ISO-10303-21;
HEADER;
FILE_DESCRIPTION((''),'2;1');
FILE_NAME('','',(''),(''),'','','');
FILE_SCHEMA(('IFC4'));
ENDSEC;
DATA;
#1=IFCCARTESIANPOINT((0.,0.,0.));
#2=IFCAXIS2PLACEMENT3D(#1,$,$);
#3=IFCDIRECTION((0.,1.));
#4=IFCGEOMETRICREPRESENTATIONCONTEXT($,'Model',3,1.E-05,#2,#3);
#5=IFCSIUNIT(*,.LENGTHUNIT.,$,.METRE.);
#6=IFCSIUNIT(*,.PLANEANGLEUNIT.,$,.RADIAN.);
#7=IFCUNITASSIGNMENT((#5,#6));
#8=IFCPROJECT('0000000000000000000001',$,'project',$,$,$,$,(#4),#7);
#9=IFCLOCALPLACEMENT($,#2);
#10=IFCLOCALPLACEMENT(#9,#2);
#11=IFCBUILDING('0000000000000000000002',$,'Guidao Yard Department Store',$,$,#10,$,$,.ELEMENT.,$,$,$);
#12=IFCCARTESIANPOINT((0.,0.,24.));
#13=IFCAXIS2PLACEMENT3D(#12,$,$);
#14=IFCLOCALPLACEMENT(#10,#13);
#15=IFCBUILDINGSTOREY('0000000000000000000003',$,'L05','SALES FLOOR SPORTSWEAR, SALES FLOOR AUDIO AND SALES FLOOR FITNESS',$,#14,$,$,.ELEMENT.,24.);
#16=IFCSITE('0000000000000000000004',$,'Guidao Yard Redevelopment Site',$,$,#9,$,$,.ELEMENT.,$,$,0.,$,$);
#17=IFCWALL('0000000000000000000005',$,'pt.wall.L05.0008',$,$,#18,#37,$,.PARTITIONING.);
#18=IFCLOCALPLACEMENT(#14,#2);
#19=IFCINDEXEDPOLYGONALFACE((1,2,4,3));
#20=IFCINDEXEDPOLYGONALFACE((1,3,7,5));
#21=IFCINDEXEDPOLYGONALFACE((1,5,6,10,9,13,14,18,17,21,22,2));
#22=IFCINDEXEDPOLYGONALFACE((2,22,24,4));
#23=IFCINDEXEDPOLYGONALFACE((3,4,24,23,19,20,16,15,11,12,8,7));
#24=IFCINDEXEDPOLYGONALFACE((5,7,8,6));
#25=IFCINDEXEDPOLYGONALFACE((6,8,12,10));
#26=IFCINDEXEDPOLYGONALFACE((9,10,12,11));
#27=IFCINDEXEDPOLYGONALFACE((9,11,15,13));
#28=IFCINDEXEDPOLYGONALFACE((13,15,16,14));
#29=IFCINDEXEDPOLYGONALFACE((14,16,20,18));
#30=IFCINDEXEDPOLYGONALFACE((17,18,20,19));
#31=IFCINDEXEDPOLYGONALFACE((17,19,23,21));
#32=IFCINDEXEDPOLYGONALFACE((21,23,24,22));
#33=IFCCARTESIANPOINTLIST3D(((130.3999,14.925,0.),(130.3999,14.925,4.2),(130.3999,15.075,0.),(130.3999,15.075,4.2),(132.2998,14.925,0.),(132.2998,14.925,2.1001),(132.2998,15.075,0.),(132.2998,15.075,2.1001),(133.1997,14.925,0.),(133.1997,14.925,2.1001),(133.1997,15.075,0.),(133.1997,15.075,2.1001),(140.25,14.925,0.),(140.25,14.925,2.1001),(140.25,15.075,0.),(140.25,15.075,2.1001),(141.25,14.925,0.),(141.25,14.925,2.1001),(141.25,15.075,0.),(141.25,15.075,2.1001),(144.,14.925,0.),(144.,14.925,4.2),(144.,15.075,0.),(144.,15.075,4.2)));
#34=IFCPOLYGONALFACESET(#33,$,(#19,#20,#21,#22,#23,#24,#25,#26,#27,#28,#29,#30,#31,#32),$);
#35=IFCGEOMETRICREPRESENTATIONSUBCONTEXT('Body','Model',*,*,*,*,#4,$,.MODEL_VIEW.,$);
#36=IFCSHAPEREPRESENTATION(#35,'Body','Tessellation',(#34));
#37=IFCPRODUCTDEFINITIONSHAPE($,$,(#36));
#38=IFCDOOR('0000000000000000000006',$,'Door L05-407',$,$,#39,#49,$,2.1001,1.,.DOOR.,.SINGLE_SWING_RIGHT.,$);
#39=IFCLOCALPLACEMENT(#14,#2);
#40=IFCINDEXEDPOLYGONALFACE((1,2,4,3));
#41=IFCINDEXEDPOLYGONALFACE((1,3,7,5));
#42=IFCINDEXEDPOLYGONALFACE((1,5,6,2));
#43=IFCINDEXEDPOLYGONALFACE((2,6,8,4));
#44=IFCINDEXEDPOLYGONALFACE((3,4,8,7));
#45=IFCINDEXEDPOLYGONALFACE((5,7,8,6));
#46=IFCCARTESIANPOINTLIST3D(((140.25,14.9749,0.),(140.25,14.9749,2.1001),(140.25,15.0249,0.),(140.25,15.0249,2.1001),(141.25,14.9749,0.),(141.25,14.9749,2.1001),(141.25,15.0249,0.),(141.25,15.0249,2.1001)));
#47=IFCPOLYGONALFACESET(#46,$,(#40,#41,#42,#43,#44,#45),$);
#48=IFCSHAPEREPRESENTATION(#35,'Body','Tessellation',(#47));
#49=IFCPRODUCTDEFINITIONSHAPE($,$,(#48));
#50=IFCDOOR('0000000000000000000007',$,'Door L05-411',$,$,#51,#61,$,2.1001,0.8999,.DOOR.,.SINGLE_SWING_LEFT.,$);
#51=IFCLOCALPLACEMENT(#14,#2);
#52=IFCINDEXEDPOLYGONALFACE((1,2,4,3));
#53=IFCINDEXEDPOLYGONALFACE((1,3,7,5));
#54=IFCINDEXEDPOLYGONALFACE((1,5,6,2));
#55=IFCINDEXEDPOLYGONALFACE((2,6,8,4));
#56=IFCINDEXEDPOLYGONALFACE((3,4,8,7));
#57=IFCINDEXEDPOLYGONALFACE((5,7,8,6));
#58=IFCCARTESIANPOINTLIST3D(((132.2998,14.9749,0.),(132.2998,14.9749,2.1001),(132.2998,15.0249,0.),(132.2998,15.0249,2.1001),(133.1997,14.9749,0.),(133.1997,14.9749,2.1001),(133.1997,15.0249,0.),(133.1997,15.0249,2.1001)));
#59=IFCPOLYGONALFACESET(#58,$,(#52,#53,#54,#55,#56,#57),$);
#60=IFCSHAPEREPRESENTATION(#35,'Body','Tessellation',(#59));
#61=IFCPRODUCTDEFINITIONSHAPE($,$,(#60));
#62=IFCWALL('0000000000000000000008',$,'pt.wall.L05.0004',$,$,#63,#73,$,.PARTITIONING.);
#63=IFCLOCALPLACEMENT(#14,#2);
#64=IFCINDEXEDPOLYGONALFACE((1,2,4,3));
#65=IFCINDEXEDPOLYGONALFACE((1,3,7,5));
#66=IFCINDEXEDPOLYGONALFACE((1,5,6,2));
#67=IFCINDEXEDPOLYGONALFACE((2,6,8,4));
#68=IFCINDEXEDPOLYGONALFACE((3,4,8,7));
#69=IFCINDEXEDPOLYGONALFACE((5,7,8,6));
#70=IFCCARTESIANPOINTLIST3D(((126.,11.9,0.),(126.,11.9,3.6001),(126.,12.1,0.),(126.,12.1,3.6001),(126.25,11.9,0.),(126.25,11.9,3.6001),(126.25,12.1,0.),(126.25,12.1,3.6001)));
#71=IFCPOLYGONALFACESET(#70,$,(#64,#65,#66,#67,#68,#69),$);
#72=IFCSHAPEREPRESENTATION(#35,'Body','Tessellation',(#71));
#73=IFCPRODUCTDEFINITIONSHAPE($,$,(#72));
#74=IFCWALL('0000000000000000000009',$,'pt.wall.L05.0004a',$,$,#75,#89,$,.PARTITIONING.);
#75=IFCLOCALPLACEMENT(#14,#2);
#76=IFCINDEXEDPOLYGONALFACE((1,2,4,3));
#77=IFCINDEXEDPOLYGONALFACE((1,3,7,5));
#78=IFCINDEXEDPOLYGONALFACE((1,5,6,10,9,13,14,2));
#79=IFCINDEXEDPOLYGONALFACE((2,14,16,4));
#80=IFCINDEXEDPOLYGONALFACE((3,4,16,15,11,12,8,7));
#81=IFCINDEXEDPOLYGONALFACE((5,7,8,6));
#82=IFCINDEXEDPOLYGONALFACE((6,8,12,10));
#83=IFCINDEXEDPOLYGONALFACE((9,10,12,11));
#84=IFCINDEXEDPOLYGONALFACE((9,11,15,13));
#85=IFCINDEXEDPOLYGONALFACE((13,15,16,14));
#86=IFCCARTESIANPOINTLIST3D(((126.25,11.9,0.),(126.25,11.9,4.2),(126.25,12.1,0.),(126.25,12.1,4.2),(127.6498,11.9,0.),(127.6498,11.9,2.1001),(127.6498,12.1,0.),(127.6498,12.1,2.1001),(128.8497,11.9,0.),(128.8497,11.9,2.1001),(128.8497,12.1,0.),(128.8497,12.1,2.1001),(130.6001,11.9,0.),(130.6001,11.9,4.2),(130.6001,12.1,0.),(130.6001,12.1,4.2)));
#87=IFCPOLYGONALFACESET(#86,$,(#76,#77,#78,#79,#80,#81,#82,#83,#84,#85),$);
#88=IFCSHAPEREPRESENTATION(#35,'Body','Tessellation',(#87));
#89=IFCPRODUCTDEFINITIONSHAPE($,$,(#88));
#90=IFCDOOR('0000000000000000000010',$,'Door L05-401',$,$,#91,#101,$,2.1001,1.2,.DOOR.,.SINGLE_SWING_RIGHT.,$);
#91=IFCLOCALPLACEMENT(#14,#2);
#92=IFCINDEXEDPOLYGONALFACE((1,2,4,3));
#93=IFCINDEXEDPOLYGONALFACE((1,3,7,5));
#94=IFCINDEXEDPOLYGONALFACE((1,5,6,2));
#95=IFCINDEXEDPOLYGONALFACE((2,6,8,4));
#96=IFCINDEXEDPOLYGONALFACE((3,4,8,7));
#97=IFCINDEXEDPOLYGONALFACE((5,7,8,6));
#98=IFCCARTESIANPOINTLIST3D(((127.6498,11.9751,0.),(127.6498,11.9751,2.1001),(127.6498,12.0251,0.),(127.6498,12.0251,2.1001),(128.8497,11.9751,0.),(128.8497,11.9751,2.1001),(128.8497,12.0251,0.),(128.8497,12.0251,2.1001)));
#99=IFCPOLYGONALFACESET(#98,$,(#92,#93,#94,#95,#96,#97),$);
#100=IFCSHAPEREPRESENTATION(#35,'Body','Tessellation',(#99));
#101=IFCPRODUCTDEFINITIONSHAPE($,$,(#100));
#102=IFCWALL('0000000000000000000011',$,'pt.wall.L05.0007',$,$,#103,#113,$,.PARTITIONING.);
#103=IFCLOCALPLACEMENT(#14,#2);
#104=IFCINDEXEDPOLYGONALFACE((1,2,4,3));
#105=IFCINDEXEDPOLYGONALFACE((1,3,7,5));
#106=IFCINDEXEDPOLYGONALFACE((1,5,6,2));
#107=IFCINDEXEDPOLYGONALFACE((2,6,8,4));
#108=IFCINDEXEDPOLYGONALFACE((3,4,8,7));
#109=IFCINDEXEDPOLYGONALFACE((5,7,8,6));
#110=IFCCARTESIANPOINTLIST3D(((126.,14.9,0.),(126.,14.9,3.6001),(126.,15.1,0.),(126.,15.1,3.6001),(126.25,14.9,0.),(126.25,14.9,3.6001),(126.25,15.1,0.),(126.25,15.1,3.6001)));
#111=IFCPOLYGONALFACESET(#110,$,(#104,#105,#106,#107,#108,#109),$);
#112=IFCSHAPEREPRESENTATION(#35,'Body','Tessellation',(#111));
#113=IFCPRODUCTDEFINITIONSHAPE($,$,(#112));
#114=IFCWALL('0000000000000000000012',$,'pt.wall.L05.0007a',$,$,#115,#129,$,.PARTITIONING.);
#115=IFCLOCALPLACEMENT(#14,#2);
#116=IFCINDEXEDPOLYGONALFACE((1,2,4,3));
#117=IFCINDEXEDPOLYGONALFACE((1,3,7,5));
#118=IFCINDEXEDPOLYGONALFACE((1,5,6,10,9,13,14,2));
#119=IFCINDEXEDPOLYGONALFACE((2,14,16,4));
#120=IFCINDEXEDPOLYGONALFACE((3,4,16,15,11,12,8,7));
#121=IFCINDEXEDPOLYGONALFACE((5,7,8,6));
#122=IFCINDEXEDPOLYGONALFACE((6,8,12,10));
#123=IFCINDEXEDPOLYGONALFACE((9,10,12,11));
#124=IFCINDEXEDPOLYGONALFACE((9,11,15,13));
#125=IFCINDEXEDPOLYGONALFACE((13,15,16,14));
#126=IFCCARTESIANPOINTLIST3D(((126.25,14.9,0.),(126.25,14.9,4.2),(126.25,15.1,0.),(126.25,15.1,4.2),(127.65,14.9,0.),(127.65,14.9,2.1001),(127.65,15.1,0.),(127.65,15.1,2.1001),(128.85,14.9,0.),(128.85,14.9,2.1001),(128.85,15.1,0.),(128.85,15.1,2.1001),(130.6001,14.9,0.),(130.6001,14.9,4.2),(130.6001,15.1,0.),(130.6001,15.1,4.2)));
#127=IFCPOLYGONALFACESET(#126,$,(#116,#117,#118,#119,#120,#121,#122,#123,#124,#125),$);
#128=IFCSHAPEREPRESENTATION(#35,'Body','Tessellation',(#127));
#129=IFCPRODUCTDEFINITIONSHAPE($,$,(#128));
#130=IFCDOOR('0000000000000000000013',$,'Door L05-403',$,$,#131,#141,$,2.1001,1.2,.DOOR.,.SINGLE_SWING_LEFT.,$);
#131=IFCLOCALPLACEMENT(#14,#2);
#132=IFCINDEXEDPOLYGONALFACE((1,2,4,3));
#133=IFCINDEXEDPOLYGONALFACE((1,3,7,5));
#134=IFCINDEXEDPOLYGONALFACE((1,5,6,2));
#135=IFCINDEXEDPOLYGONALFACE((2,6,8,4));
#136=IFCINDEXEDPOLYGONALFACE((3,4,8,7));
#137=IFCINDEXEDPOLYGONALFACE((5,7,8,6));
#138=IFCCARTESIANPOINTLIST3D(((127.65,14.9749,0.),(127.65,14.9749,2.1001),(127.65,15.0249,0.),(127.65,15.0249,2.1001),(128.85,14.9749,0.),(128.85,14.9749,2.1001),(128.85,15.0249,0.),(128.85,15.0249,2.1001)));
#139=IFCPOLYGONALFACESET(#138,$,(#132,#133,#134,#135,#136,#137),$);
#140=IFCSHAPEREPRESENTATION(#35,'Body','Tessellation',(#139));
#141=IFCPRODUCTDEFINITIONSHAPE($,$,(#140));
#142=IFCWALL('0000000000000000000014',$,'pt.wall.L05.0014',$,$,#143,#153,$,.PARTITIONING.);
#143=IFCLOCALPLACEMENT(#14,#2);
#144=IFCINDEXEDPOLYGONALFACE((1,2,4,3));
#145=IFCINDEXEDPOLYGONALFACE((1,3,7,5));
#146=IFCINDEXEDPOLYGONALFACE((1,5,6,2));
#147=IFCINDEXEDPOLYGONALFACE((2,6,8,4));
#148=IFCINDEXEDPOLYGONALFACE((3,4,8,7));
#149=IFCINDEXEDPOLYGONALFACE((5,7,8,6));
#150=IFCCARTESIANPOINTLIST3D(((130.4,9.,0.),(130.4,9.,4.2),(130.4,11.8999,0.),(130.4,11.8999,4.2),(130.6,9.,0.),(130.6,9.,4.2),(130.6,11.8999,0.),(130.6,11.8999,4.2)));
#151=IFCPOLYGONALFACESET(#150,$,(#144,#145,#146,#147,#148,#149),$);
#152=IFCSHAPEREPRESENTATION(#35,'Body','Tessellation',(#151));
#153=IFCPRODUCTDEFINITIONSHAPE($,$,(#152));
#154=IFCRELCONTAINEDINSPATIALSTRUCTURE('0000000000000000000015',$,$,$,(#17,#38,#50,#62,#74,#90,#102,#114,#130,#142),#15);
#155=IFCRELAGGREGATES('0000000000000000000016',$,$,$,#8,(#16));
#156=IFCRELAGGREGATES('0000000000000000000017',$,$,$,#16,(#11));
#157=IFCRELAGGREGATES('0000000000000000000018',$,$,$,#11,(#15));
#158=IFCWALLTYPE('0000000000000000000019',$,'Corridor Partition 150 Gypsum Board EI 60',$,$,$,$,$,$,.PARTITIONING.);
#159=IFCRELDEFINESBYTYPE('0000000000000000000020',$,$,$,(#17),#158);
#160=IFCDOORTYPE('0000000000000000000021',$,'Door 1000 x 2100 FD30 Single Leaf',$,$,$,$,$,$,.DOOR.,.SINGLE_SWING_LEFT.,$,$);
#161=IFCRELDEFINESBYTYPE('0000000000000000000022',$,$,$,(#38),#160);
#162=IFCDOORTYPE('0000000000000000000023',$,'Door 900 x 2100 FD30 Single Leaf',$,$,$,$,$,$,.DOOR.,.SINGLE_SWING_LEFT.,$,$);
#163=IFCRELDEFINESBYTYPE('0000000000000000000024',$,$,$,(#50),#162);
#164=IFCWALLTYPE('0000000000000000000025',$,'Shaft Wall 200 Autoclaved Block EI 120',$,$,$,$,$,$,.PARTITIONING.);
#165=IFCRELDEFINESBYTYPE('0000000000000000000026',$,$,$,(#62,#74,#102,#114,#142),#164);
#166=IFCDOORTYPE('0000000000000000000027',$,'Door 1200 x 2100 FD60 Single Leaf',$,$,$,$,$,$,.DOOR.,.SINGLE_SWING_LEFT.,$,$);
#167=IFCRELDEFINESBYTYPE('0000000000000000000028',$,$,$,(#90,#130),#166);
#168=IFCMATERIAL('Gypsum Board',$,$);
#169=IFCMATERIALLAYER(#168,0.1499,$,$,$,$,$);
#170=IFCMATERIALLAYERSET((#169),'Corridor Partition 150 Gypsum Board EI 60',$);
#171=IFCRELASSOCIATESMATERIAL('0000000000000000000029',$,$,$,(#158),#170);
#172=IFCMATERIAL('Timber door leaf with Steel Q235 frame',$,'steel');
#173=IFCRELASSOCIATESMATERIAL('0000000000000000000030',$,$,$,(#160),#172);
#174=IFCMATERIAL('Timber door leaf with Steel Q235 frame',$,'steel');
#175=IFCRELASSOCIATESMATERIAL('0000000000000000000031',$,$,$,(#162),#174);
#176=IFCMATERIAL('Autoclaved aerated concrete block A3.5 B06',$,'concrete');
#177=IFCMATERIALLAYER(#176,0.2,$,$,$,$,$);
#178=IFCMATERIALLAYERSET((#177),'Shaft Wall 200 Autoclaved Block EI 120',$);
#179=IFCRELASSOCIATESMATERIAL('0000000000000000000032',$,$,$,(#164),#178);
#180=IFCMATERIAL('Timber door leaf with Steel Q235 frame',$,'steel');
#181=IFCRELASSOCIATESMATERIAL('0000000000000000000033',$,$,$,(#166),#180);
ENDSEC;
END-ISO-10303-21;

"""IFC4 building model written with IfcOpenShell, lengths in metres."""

from ifc_helpers import new_model, si_unit, direction, frame, frame_2d, origin, place, context, subcontext, project, spatial, rectangle, extrude, material, layer, layer_set, type_object, element, fill, save


model = new_model("IFC4")

# Units and contexts
model_context = context("Model", 3, precision=1e-05, world=origin(), true_north=direction((0.0, 1.0)))
body_context = subcontext(model_context, "Body", "Model", "MODEL_VIEW")
ifc_project = project(units=[si_unit("LENGTHUNIT", "METRE"), si_unit("PLANEANGLEUNIT", "RADIAN")], contexts=[model_context])

# Site, building, storey
site_placement = place(None, origin())
site = spatial("IfcSite", under=ifc_project, at=site_placement, Name="Guidao Yard Redevelopment Site", CompositionType="ELEMENT", RefElevation=0.0)
building_placement = place(site_placement, origin())
building = spatial("IfcBuilding", under=site, at=building_placement, Name="Guidao Yard Department Store", CompositionType="ELEMENT")
storey_placement = place(building_placement, frame((0.0, 0.0, 24.0)))
storey = spatial("IfcBuildingStorey", under=building, at=storey_placement, Name="L05", Description="SALES FLOOR SPORTSWEAR, SALES FLOOR AUDIO AND SALES FLOOR FITNESS", CompositionType="ELEMENT", Elevation=24.0)

# Shared definitions
ifc_material_1 = material(Name="Gypsum Board")
ifc_layer_1 = layer(ifc_material_1, 0.1499)
ifc_layer_set_1 = layer_set([ifc_layer_1], Name="Corridor Partition 150 Gypsum Board EI 60")
wall_type_1 = type_object("IfcWallType", Name="Corridor Partition 150 Gypsum Board EI 60", PredefinedType="PARTITIONING", material=ifc_layer_set_1)

# Wall, openings, doors
wall_1_placement = place(storey_placement, frame((130.3999, 15.0, 0.0), z_axis=(0.0, 0.0, 1.0), x_axis=(1.0, 0.0, 0.0)))
wall_1 = element("IfcWall", 1, at=wall_1_placement, inside=storey, type_object=wall_type_1, Name="pt.wall.L05.0008", PredefinedType="PARTITIONING", context=body_context, shape_type="SweptSolid", body=[
    extrude(rectangle(XDim=13.6001, YDim=0.1499, at=frame_2d((6.8, 0.0))), origin(), (0.0, 0.0, 1.0), 4.2),
])
opening_1_placement = place(wall_1_placement, frame((9.8501, 0.0, 0.0)))
opening_1 = element("IfcOpeningElement", 2, at=opening_1_placement, cuts=wall_1, PredefinedType="OPENING", context=body_context, shape_type="SweptSolid", body=[
    extrude(rectangle(XDim=1.0, YDim=2.1001, at=frame_2d((0.5, 1.05))), frame((0.0, 0.085, 0.0), z_axis=(0.0, -1.0, 0.0), x_axis=(1.0, 0.0, 0.0)), (0.0, 0.0, 1.0), 0.1699),
])
opening_2_placement = place(wall_1_placement, frame((1.8999, 0.0, 0.0)))
opening_2 = element("IfcOpeningElement", 3, at=opening_2_placement, cuts=wall_1, PredefinedType="OPENING", context=body_context, shape_type="SweptSolid", body=[
    extrude(rectangle(XDim=0.8999, YDim=2.1001, at=frame_2d((0.45, 1.05))), frame((0.0, 0.085, 0.0), z_axis=(0.0, -1.0, 0.0), x_axis=(1.0, 0.0, 0.0)), (0.0, 0.0, 1.0), 0.1699),
])
ifc_material_2 = material(Name="Timber door leaf with Steel Q235 frame", Category="steel")
door_type_1 = type_object("IfcDoorType", Name="Door 1000 x 2100 FD30 Single Leaf", OperationType="SINGLE_SWING_LEFT", PredefinedType="DOOR", material=ifc_material_2)
door_1_placement = place(opening_1_placement, origin())
door_1 = element("IfcDoor", 4, at=door_1_placement, inside=storey, type_object=door_type_1, Name="Door L05-407", OperationType="SINGLE_SWING_RIGHT", OverallHeight=2.1001, OverallWidth=1.0, PredefinedType="DOOR", context=body_context, shape_type="SweptSolid", body=[
    extrude(rectangle(XDim=1.0, YDim=2.1001, at=frame_2d((0.5, 1.05))), frame((0.0, 0.0249, 0.0), z_axis=(0.0, -1.0, 0.0), x_axis=(1.0, 0.0, 0.0)), (0.0, 0.0, 1.0), 0.05),
])
fill(opening_1, door_1)
ifc_material_3 = material(Name="Timber door leaf with Steel Q235 frame", Category="steel")
door_type_2 = type_object("IfcDoorType", Name="Door 900 x 2100 FD30 Single Leaf", OperationType="SINGLE_SWING_LEFT", PredefinedType="DOOR", material=ifc_material_3)
door_2_placement = place(opening_2_placement, origin())
door_2 = element("IfcDoor", 5, at=door_2_placement, inside=storey, type_object=door_type_2, Name="Door L05-411", OperationType="SINGLE_SWING_LEFT", OverallHeight=2.1001, OverallWidth=0.8999, PredefinedType="DOOR", context=body_context, shape_type="SweptSolid", body=[
    extrude(rectangle(XDim=0.8999, YDim=2.1001, at=frame_2d((0.45, 1.05))), frame((0.0, 0.0249, 0.0), z_axis=(0.0, -1.0, 0.0), x_axis=(1.0, 0.0, 0.0)), (0.0, 0.0, 1.0), 0.05),
])
fill(opening_2, door_2)

# Wall
ifc_material_4 = material(Name="Autoclaved aerated concrete block A3.5 B06", Category="concrete")
ifc_layer_2 = layer(ifc_material_4, 0.2)
ifc_layer_set_2 = layer_set([ifc_layer_2], Name="Shaft Wall 200 Autoclaved Block EI 120")
wall_type_2 = type_object("IfcWallType", Name="Shaft Wall 200 Autoclaved Block EI 120", PredefinedType="PARTITIONING", material=ifc_layer_set_2)
wall_2_placement = place(storey_placement, frame((126.0, 12.0, 0.0), z_axis=(0.0, 0.0, 1.0), x_axis=(1.0, 0.0, 0.0)))
element("IfcWall", 6, at=wall_2_placement, inside=storey, type_object=wall_type_2, Name="pt.wall.L05.0004", PredefinedType="PARTITIONING", context=body_context, shape_type="SweptSolid", body=[
    extrude(rectangle(XDim=0.25, YDim=0.2, at=frame_2d((0.125, 0.0))), origin(), (0.0, 0.0, 1.0), 3.6001),
])

# Wall, opening, door
wall_3_placement = place(storey_placement, frame((126.25, 12.0, 0.0), z_axis=(0.0, 0.0, 1.0), x_axis=(1.0, 0.0, 0.0)))
wall_3 = element("IfcWall", 7, at=wall_3_placement, inside=storey, type_object=wall_type_2, Name="pt.wall.L05.0004a", PredefinedType="PARTITIONING", context=body_context, shape_type="SweptSolid", body=[
    extrude(rectangle(XDim=4.3501, YDim=0.2, at=frame_2d((2.175, 0.0))), origin(), (0.0, 0.0, 1.0), 4.2),
])
opening_3_placement = place(wall_3_placement, frame((2.5999, 0.0, 0.0), z_axis=(0.0, 0.0, 1.0), x_axis=(-1.0, 0.0, 0.0)))
opening_3 = element("IfcOpeningElement", 8, at=opening_3_placement, cuts=wall_3, PredefinedType="OPENING", context=body_context, shape_type="SweptSolid", body=[
    extrude(rectangle(XDim=1.2, YDim=2.1001, at=frame_2d((0.6001, 1.05))), frame((0.0, 0.1099, 0.0), z_axis=(0.0, -1.0, 0.0), x_axis=(1.0, 0.0, 0.0)), (0.0, 0.0, 1.0), 0.22),
])
ifc_material_5 = material(Name="Timber door leaf with Steel Q235 frame", Category="steel")
door_type_3 = type_object("IfcDoorType", Name="Door 1200 x 2100 FD60 Single Leaf", OperationType="SINGLE_SWING_LEFT", PredefinedType="DOOR", material=ifc_material_5)
door_3_placement = place(opening_3_placement, origin())
door_3 = element("IfcDoor", 9, at=door_3_placement, inside=storey, type_object=door_type_3, Name="Door L05-401", OperationType="SINGLE_SWING_RIGHT", OverallHeight=2.1001, OverallWidth=1.2, PredefinedType="DOOR", context=body_context, shape_type="SweptSolid", body=[
    extrude(rectangle(XDim=1.2, YDim=2.1001, at=frame_2d((0.6001, 1.05))), frame((0.0, 0.0249, 0.0), z_axis=(0.0, -1.0, 0.0), x_axis=(1.0, 0.0, 0.0)), (0.0, 0.0, 1.0), 0.05),
])
fill(opening_3, door_3)

# Wall
wall_4_placement = place(storey_placement, frame((126.0, 15.0, 0.0), z_axis=(0.0, 0.0, 1.0), x_axis=(1.0, 0.0, 0.0)))
element("IfcWall", 10, at=wall_4_placement, inside=storey, type_object=wall_type_2, Name="pt.wall.L05.0007", PredefinedType="PARTITIONING", context=body_context, shape_type="SweptSolid", body=[
    extrude(rectangle(XDim=0.25, YDim=0.2, at=frame_2d((0.125, 0.0))), origin(), (0.0, 0.0, 1.0), 3.6001),
])

# Wall, opening, door
wall_5_placement = place(storey_placement, frame((126.25, 15.0, 0.0), z_axis=(0.0, 0.0, 1.0), x_axis=(1.0, 0.0, 0.0)))
wall_5 = element("IfcWall", 11, at=wall_5_placement, inside=storey, type_object=wall_type_2, Name="pt.wall.L05.0007a", PredefinedType="PARTITIONING", context=body_context, shape_type="SweptSolid", body=[
    extrude(rectangle(XDim=4.3501, YDim=0.2, at=frame_2d((2.175, 0.0))), origin(), (0.0, 0.0, 1.0), 4.2),
])
opening_4_placement = place(wall_5_placement, frame((1.3999, 0.0, 0.0)))
opening_4 = element("IfcOpeningElement", 12, at=opening_4_placement, cuts=wall_5, PredefinedType="OPENING", context=body_context, shape_type="SweptSolid", body=[
    extrude(rectangle(XDim=1.2, YDim=2.1001, at=frame_2d((0.6001, 1.05))), frame((0.0, 0.1099, 0.0), z_axis=(0.0, -1.0, 0.0), x_axis=(1.0, 0.0, 0.0)), (0.0, 0.0, 1.0), 0.22),
])
door_4_placement = place(opening_4_placement, origin())
door_4 = element("IfcDoor", 13, at=door_4_placement, inside=storey, type_object=door_type_3, Name="Door L05-403", OperationType="SINGLE_SWING_LEFT", OverallHeight=2.1001, OverallWidth=1.2, PredefinedType="DOOR", context=body_context, shape_type="SweptSolid", body=[
    extrude(rectangle(XDim=1.2, YDim=2.1001, at=frame_2d((0.6001, 1.05))), frame((0.0, 0.0249, 0.0), z_axis=(0.0, -1.0, 0.0), x_axis=(1.0, 0.0, 0.0)), (0.0, 0.0, 1.0), 0.05),
])
fill(opening_4, door_4)

# Wall
wall_6_placement = place(storey_placement, frame((130.5, 9.0, 0.0), z_axis=(0.0, 0.0, 1.0), x_axis=(0.0, 1.0, 0.0)))
element("IfcWall", 14, at=wall_6_placement, inside=storey, type_object=wall_type_2, Name="pt.wall.L05.0014", PredefinedType="PARTITIONING", context=body_context, shape_type="SweptSolid", body=[
    extrude(rectangle(XDim=2.8999, YDim=0.2, at=frame_2d((1.45, 0.0))), origin(), (0.0, 0.0, 1.0), 4.2),
])

save(model, "model.ifc")
